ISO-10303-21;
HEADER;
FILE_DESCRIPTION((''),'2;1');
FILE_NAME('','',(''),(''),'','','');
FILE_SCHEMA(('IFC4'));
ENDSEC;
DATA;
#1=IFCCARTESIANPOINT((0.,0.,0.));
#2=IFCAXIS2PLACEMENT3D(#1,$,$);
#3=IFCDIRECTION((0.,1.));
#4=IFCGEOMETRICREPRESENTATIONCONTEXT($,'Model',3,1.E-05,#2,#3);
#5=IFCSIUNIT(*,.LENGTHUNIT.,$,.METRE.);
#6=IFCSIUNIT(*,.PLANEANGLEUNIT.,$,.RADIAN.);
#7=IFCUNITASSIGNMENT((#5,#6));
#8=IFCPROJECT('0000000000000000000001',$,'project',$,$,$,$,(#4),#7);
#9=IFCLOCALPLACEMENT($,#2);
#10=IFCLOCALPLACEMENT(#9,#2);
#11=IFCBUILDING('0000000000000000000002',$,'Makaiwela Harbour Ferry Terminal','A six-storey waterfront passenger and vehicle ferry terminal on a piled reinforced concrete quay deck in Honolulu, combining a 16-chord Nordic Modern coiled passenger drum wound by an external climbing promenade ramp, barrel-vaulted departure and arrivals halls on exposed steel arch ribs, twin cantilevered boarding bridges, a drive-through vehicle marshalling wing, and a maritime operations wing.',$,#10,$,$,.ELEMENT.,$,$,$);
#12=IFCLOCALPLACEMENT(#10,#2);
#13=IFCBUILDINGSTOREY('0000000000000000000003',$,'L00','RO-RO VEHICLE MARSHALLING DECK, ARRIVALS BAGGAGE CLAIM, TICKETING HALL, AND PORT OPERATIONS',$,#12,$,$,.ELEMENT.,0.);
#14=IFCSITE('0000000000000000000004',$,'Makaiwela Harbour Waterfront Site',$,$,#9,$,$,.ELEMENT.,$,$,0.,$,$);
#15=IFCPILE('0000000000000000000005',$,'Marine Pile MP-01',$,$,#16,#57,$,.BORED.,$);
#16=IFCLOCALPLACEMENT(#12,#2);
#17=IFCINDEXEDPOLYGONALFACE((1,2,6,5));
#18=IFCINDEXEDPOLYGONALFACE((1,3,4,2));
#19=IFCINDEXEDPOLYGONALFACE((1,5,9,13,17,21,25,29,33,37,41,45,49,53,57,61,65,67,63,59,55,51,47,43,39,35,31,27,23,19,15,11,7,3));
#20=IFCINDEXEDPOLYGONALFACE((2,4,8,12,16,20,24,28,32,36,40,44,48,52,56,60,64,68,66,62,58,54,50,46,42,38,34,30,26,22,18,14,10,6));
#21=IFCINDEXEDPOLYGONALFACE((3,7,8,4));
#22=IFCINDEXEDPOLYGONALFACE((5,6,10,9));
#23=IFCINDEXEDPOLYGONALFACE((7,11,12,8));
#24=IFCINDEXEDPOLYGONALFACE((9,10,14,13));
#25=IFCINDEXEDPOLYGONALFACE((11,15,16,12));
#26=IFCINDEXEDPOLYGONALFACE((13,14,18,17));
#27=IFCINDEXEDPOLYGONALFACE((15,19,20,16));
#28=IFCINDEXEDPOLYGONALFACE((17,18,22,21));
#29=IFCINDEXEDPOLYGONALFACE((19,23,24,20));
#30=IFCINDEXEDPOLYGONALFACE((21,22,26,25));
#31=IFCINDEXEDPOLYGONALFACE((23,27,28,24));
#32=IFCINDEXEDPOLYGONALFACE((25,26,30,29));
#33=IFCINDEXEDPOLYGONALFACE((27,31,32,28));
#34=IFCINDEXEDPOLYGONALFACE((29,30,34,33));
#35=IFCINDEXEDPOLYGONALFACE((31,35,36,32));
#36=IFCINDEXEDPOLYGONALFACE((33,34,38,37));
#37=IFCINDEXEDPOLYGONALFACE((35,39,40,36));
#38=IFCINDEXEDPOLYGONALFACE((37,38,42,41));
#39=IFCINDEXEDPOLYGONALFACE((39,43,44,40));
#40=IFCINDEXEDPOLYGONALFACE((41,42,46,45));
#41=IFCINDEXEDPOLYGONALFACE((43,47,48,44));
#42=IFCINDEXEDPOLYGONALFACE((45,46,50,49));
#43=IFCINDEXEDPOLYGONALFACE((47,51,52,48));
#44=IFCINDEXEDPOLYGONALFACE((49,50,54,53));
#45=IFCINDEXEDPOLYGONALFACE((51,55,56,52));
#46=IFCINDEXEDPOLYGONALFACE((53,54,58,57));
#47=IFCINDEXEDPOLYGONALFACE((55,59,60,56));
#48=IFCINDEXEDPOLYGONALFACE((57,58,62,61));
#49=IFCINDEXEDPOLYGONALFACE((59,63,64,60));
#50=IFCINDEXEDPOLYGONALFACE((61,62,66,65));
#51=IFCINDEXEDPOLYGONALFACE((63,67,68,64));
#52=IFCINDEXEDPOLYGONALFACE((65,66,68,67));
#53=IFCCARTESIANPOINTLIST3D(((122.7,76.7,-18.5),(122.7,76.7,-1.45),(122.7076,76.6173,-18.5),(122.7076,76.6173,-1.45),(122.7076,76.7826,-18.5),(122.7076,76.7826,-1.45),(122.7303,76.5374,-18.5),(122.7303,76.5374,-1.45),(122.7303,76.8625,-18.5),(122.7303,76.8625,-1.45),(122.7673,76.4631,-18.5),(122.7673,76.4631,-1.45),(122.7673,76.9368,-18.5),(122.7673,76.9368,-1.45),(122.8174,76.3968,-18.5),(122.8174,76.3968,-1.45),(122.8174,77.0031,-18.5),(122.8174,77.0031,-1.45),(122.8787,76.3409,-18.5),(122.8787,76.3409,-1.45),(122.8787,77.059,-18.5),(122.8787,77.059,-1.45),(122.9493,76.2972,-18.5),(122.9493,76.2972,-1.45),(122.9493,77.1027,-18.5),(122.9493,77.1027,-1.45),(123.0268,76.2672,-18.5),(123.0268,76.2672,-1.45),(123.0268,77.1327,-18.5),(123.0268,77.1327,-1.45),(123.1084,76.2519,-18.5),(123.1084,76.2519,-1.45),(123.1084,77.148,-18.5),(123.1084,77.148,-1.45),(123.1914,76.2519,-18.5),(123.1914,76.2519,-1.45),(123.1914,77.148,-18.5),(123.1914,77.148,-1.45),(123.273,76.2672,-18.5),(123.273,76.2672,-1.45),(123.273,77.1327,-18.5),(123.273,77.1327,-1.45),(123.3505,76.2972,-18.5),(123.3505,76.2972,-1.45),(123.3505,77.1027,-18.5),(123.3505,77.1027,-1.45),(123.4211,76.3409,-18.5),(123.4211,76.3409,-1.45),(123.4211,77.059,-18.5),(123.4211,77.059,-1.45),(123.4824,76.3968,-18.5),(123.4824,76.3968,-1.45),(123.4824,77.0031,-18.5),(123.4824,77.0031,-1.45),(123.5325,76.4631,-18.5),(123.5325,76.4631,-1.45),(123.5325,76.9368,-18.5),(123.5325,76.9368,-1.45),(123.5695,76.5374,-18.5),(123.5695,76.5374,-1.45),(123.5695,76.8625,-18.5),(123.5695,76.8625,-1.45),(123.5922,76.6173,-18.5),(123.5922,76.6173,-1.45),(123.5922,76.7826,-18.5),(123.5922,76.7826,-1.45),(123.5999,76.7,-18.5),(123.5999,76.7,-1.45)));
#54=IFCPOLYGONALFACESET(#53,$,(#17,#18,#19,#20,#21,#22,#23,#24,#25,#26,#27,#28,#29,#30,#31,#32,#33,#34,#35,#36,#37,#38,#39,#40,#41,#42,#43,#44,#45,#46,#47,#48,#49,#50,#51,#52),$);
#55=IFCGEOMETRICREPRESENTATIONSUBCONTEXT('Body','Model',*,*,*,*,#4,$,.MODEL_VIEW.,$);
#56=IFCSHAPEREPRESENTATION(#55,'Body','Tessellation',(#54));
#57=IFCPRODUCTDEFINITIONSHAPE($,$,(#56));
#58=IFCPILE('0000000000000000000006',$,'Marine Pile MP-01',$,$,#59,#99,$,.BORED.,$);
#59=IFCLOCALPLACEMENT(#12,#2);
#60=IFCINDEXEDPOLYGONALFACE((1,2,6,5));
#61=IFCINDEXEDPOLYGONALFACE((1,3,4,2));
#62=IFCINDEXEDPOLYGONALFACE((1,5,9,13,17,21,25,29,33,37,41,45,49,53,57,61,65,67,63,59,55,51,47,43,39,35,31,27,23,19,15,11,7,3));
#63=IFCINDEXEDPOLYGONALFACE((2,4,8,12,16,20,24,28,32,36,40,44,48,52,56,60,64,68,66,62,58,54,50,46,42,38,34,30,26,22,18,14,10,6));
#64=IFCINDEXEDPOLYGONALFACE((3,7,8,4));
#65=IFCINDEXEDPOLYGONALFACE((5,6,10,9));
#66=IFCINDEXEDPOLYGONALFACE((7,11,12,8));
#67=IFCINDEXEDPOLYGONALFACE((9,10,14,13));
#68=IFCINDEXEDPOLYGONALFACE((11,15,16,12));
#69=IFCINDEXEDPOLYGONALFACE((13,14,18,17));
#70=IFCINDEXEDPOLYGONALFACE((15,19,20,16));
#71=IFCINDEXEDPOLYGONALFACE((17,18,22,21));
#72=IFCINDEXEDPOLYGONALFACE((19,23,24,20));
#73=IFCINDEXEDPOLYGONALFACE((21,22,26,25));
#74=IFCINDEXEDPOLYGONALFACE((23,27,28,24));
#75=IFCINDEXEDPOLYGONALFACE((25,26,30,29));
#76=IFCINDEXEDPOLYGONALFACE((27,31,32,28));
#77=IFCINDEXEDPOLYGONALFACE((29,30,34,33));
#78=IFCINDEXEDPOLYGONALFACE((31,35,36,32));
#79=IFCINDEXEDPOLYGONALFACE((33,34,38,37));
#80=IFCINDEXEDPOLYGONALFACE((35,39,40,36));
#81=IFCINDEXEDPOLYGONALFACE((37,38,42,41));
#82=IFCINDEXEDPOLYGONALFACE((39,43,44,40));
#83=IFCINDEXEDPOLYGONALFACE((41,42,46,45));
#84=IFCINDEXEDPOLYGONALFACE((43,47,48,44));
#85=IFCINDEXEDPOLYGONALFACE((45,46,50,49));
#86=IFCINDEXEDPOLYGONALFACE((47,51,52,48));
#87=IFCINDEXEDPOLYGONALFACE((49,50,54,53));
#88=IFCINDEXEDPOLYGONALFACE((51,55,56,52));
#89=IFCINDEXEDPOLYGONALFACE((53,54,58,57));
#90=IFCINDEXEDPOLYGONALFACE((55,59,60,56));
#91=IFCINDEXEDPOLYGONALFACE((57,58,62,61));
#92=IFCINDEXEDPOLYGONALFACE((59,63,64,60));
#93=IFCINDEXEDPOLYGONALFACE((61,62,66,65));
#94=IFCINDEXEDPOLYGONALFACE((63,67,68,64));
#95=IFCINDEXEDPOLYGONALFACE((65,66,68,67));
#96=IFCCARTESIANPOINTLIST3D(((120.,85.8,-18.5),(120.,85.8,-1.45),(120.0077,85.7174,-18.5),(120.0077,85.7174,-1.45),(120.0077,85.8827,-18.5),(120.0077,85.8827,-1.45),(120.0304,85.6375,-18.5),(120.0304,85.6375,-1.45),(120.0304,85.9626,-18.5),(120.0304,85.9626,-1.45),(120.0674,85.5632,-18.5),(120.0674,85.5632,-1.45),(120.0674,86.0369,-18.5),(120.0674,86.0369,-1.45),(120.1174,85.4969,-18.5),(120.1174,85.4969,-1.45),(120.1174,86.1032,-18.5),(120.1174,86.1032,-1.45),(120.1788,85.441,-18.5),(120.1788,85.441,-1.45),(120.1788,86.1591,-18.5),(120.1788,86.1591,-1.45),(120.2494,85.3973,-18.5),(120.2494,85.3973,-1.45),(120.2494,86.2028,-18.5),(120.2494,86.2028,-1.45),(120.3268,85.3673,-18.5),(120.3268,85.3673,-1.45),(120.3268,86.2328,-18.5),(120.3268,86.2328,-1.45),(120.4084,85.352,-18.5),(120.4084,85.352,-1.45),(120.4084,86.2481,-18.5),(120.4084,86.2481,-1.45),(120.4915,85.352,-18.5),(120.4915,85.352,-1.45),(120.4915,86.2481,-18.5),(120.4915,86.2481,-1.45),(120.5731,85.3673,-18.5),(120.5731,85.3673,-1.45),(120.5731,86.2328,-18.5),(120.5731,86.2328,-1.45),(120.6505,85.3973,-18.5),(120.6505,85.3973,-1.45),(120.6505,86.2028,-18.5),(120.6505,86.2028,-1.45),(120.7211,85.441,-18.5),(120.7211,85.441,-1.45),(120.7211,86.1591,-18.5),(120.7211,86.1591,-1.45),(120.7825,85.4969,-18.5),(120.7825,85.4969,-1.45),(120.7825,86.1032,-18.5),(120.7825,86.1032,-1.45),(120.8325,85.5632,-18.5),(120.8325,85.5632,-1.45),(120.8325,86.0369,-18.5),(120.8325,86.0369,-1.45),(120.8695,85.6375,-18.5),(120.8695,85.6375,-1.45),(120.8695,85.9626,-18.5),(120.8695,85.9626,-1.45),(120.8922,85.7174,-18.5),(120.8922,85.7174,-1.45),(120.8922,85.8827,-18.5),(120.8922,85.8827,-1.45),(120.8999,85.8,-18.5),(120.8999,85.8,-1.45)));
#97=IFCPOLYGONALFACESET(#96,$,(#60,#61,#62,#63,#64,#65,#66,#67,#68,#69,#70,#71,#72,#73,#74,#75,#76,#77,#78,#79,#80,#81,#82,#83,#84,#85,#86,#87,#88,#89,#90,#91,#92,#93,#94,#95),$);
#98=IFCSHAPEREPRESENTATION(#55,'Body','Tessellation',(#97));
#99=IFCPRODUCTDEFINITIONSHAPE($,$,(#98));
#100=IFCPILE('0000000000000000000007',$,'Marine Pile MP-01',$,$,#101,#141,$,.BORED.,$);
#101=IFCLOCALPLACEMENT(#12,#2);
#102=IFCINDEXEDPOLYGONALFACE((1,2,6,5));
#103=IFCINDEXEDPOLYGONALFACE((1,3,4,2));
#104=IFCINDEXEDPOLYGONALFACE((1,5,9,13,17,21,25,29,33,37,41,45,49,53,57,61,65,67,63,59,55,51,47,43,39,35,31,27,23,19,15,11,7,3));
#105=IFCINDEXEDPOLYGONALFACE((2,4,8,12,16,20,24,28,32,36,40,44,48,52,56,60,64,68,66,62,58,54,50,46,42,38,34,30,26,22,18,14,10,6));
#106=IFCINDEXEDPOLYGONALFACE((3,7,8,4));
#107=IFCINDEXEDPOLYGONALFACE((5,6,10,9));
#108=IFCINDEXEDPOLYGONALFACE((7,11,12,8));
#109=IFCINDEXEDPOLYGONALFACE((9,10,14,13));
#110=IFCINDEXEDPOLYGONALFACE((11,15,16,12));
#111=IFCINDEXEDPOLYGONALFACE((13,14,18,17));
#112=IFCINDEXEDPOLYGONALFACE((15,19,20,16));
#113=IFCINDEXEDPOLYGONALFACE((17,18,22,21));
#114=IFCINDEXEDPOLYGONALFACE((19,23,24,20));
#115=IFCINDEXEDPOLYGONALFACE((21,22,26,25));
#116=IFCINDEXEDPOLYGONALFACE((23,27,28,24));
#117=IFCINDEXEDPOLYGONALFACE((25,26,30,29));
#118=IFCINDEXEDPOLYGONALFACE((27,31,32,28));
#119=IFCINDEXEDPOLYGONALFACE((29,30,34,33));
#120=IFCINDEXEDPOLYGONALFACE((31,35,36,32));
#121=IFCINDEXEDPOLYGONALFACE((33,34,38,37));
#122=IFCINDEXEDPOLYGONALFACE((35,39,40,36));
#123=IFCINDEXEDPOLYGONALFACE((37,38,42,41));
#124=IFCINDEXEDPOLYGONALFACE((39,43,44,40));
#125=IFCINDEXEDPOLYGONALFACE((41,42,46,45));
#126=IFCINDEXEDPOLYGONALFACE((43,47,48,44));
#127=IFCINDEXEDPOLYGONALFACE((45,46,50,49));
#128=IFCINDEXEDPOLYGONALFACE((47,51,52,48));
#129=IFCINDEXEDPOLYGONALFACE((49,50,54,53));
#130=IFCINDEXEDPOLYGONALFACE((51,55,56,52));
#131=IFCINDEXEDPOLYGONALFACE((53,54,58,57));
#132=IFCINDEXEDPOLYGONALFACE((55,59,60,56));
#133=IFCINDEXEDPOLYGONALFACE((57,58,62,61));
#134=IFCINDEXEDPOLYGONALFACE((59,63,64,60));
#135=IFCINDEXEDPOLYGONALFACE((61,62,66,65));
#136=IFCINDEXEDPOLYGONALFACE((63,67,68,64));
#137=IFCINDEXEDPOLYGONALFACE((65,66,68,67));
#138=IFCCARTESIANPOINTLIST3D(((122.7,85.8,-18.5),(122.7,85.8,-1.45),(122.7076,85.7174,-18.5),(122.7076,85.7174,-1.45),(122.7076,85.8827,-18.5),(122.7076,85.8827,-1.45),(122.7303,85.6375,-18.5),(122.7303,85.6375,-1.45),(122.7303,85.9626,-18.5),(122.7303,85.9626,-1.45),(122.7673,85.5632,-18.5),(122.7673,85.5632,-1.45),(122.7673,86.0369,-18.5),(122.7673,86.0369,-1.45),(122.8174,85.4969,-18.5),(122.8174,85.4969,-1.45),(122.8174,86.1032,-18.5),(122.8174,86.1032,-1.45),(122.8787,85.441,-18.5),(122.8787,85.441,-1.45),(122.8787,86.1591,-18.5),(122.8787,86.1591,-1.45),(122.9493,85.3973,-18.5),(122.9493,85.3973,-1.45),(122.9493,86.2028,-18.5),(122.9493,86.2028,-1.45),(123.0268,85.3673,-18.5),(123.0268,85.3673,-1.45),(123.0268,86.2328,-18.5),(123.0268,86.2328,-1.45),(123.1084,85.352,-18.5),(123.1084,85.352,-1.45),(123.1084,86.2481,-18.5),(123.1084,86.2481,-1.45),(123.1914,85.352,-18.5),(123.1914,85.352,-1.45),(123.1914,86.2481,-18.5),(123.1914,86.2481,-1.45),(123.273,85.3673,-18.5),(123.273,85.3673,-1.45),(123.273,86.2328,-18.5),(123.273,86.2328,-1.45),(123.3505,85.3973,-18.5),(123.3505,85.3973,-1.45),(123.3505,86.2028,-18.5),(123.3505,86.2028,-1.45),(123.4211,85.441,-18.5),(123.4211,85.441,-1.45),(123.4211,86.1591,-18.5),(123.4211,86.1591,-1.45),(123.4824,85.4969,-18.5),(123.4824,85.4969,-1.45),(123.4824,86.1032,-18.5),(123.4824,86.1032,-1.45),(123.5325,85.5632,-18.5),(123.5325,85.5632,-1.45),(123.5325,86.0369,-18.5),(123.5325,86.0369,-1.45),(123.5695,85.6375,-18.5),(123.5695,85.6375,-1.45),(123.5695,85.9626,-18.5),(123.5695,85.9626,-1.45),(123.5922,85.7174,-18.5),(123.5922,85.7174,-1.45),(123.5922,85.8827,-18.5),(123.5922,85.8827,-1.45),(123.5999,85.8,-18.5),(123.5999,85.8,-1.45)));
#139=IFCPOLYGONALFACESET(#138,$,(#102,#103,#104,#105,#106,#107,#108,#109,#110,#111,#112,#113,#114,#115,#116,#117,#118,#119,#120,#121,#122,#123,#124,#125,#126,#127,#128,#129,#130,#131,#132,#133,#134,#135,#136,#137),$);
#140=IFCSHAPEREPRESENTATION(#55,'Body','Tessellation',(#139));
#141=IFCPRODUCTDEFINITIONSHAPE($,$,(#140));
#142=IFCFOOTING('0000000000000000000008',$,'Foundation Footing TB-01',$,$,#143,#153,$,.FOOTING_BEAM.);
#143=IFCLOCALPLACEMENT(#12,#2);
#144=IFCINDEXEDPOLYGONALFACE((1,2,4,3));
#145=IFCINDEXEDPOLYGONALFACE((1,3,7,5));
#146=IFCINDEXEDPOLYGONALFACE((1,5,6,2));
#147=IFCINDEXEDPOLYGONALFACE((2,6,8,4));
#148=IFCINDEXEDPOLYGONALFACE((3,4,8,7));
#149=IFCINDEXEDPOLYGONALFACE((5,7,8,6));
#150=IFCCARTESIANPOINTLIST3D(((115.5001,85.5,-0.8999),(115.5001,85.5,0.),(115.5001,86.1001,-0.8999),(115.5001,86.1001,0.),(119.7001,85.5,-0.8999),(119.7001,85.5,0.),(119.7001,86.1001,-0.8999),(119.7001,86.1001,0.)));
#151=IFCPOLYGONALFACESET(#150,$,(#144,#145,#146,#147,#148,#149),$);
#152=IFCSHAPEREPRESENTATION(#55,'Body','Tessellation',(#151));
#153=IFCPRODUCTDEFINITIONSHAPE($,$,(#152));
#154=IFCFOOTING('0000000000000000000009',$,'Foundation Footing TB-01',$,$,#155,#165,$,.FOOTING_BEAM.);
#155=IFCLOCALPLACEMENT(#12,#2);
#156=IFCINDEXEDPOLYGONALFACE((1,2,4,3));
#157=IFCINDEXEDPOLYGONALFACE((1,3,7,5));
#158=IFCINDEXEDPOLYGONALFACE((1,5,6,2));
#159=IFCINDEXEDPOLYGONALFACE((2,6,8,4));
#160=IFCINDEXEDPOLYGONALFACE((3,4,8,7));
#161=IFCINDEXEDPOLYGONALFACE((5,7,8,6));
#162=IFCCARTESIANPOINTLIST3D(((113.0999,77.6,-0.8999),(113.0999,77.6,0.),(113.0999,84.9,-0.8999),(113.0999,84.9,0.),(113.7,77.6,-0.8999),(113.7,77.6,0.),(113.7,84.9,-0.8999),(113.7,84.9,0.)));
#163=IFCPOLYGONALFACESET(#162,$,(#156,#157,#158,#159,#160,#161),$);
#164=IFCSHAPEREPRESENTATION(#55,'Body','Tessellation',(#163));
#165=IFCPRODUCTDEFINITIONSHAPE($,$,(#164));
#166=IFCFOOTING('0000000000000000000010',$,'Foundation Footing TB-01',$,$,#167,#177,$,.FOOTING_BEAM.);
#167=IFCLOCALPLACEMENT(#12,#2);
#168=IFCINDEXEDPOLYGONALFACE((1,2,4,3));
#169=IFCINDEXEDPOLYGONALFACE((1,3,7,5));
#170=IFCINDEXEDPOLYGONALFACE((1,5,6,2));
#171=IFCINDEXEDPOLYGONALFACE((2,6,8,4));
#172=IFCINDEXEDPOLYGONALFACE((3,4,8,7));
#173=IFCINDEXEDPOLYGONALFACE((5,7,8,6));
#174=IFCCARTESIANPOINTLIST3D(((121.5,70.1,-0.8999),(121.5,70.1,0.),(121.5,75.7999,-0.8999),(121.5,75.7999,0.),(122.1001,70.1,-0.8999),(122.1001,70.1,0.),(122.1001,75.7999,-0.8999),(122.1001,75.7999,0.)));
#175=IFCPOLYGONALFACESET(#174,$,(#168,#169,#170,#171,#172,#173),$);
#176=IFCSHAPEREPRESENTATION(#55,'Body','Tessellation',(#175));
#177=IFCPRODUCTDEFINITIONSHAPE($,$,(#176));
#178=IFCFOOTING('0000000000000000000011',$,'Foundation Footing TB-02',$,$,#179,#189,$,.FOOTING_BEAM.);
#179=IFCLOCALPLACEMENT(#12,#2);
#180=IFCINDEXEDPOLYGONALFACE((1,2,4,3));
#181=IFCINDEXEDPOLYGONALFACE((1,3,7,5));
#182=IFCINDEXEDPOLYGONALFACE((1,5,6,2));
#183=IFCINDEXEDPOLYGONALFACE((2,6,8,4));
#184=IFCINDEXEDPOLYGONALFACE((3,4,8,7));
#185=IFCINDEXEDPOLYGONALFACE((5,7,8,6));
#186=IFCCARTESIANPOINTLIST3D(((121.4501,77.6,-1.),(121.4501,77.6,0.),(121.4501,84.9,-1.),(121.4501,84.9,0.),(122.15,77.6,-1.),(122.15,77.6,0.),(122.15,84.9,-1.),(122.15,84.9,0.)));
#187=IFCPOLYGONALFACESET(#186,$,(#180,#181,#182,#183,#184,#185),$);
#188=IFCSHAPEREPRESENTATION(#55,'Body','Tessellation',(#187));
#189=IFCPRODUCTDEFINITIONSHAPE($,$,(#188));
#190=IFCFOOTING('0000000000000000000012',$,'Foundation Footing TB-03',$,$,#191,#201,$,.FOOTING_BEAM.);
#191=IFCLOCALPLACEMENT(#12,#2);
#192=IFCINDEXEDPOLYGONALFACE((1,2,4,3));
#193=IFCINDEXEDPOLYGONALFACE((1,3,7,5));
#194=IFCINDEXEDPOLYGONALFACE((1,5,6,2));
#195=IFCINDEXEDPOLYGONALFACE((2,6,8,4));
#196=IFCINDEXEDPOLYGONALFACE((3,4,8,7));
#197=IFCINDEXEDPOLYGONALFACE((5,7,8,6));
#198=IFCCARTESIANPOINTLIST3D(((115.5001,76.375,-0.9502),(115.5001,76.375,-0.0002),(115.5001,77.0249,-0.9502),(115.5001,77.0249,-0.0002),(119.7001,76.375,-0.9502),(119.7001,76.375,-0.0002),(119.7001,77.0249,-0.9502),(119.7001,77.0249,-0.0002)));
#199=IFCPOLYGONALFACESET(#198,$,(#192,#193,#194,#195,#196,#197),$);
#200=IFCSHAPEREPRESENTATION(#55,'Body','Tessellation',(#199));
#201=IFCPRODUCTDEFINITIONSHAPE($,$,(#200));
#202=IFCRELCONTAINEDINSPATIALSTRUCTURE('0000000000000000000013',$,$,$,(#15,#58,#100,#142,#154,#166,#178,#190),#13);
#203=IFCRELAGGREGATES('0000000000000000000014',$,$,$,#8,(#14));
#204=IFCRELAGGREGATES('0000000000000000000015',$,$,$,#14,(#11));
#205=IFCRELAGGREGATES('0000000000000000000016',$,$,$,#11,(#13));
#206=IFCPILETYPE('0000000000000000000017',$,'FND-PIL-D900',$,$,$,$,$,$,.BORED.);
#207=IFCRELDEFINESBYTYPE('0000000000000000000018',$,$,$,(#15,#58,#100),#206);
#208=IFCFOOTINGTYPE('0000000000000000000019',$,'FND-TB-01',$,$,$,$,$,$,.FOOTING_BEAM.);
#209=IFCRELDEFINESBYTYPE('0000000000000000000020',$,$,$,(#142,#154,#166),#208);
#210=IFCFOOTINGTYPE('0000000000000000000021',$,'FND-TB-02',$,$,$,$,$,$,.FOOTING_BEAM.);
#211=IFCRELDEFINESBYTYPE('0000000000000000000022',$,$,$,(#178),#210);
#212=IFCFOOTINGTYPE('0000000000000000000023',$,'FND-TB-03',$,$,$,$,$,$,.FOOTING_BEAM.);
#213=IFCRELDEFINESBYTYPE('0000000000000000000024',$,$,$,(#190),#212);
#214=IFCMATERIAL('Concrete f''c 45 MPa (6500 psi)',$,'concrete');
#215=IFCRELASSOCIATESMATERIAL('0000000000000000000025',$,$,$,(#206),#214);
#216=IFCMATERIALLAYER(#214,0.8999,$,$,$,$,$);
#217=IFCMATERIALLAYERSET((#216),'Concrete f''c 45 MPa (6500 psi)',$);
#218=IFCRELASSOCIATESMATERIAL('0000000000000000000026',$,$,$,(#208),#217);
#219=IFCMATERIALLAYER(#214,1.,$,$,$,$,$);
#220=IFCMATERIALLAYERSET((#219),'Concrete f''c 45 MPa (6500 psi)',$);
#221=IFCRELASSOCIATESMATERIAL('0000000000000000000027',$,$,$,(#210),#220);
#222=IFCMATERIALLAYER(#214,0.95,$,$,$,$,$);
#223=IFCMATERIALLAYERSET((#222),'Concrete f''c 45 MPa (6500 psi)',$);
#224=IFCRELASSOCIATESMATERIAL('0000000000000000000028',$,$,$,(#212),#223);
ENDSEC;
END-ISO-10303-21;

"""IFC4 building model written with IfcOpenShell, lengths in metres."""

from ifc_helpers import new_model, si_unit, direction, frame, origin, origin_2d, place, context, subcontext, project, spatial, rectangle, circle, extrude, material, layer, layer_set, material_profile, profile_set, type_object, element, save


model = new_model("IFC4")

# Units and contexts
model_context = context("Model", 3, precision=1e-05, world=origin(), true_north=direction((0.0, 1.0)))
body_context = subcontext(model_context, "Body", "Model", "MODEL_VIEW")
ifc_project = project(units=[si_unit("LENGTHUNIT", "METRE"), si_unit("PLANEANGLEUNIT", "RADIAN")], contexts=[model_context])

# Site, building, storey
site_placement = place(None, origin())
site = spatial("IfcSite", under=ifc_project, at=site_placement, Name="Makaiwela Harbour Waterfront Site", CompositionType="ELEMENT", RefElevation=0.0)
building_placement = place(site_placement, origin())
building = spatial("IfcBuilding", under=site, at=building_placement, Name="Makaiwela Harbour Ferry Terminal", Description="A six-storey waterfront passenger and vehicle ferry terminal on a piled reinforced concrete quay deck in Honolulu, combining a 16-chord Nordic Modern coiled passenger drum wound by an external climbing promenade ramp, barrel-vaulted departure and arrivals halls on exposed steel arch ribs, twin cantilevered boarding bridges, a drive-through vehicle marshalling wing, and a maritime operations wing.", CompositionType="ELEMENT")
storey_placement = place(building_placement, origin())
storey = spatial("IfcBuildingStorey", under=building, at=storey_placement, Name="L00", Description="RO-RO VEHICLE MARSHALLING DECK, ARRIVALS BAGGAGE CLAIM, TICKETING HALL, AND PORT OPERATIONS", CompositionType="ELEMENT", Elevation=0.0)

# Shared definitions
ifc_material_1 = material(Name="Concrete f'c 45 MPa (6500 psi)", Category="concrete")

# Piles
ifc_material_profile_1 = material_profile(ifc_material_1, circle(Radius=0.45, at=origin_2d()), Name="PILE-D900")
ifc_profile_set_1 = profile_set([ifc_material_profile_1], Name="Concrete f'c 45 MPa (6500 psi)")
pile_type = type_object("IfcPileType", Name="FND-PIL-D900", PredefinedType="BORED", material=ifc_profile_set_1)
for number, where, z_axis, x_axis, name in (
    (1, (123.1499, 76.7, -1.45), (0.0, 0.0, -1.0), (1.0, 0.0, 0.0), "Marine Pile MP-01"),
    (2, (120.45, 85.8, -1.45), (0.0, 0.0, -1.0), (1.0, 0.0, 0.0), "Marine Pile MP-01"),
    (3, (123.1499, 85.8, -1.45), (0.0, 0.0, -1.0), (1.0, 0.0, 0.0), "Marine Pile MP-01"),
):
    element("IfcPile", number, at=place(storey_placement, frame(where, z_axis=z_axis, x_axis=x_axis)), inside=storey, type_object=pile_type, Name=name, PredefinedType="BORED", context=body_context, shape_type="SweptSolid", body=[
        extrude(circle(Radius=0.45, at=origin_2d()), origin(), (0.0, 0.0, 1.0), 17.05),
    ])

# Footings
ifc_layer_1 = layer(ifc_material_1, 0.8999)
ifc_layer_set_1 = layer_set([ifc_layer_1], Name="Concrete f'c 45 MPa (6500 psi)")
footing_type_1 = type_object("IfcFootingType", Name="FND-TB-01", PredefinedType="FOOTING_BEAM", material=ifc_layer_set_1)
footing_1_placement = place(storey_placement, frame((117.6001, 85.8, -0.8999), z_axis=(0.0, 0.0, 1.0), x_axis=(1.0, 0.0, 0.0)))
element("IfcFooting", 4, at=footing_1_placement, inside=storey, type_object=footing_type_1, Name="Foundation Footing TB-01", PredefinedType="FOOTING_BEAM", context=body_context, shape_type="SweptSolid", body=[
    extrude(rectangle(XDim=4.2, YDim=0.6001, at=origin_2d()), origin(), (0.0, 0.0, 1.0), 0.8999),
])
footing_2_placement = place(storey_placement, frame((113.3999, 81.25, -0.8999), z_axis=(0.0, 0.0, 1.0), x_axis=(0.0, 1.0, 0.0)))
element("IfcFooting", 5, at=footing_2_placement, inside=storey, type_object=footing_type_1, Name="Foundation Footing TB-01", PredefinedType="FOOTING_BEAM", context=body_context, shape_type="SweptSolid", body=[
    extrude(rectangle(XDim=7.3, YDim=0.6001, at=origin_2d()), origin(), (0.0, 0.0, 1.0), 0.8999),
])
footing_3_placement = place(storey_placement, frame((121.8, 72.95, -0.8999), z_axis=(0.0, 0.0, 1.0), x_axis=(0.0, 1.0, 0.0)))
element("IfcFooting", 6, at=footing_3_placement, inside=storey, type_object=footing_type_1, Name="Foundation Footing TB-01", PredefinedType="FOOTING_BEAM", context=body_context, shape_type="SweptSolid", body=[
    extrude(rectangle(XDim=5.7, YDim=0.6001, at=origin_2d()), origin(), (0.0, 0.0, 1.0), 0.8999),
])
ifc_layer_2 = layer(ifc_material_1, 1.0)
ifc_layer_set_2 = layer_set([ifc_layer_2], Name="Concrete f'c 45 MPa (6500 psi)")
footing_type_2 = type_object("IfcFootingType", Name="FND-TB-02", PredefinedType="FOOTING_BEAM", material=ifc_layer_set_2)
footing_4_placement = place(storey_placement, frame((121.8, 81.25, -1.0), z_axis=(0.0, 0.0, 1.0), x_axis=(0.0, 1.0, 0.0)))
element("IfcFooting", 7, at=footing_4_placement, inside=storey, type_object=footing_type_2, Name="Foundation Footing TB-02", PredefinedType="FOOTING_BEAM", context=body_context, shape_type="SweptSolid", body=[
    extrude(rectangle(XDim=7.3, YDim=0.7, at=origin_2d()), origin(), (0.0, 0.0, 1.0), 1.0),
])
ifc_layer_3 = layer(ifc_material_1, 0.95)
ifc_layer_set_3 = layer_set([ifc_layer_3], Name="Concrete f'c 45 MPa (6500 psi)")
footing_type_3 = type_object("IfcFootingType", Name="FND-TB-03", PredefinedType="FOOTING_BEAM", material=ifc_layer_set_3)
footing_5_placement = place(storey_placement, frame((117.6001, 76.7, -0.9502), z_axis=(0.0, 0.0, 1.0), x_axis=(1.0, 0.0, 0.0)))
element("IfcFooting", 8, at=footing_5_placement, inside=storey, type_object=footing_type_3, Name="Foundation Footing TB-03", PredefinedType="FOOTING_BEAM", context=body_context, shape_type="SweptSolid", body=[
    extrude(rectangle(XDim=4.2, YDim=0.6499, at=origin_2d()), origin(), (0.0, 0.0, 1.0), 0.95),
])

save(model, "model.ifc")
